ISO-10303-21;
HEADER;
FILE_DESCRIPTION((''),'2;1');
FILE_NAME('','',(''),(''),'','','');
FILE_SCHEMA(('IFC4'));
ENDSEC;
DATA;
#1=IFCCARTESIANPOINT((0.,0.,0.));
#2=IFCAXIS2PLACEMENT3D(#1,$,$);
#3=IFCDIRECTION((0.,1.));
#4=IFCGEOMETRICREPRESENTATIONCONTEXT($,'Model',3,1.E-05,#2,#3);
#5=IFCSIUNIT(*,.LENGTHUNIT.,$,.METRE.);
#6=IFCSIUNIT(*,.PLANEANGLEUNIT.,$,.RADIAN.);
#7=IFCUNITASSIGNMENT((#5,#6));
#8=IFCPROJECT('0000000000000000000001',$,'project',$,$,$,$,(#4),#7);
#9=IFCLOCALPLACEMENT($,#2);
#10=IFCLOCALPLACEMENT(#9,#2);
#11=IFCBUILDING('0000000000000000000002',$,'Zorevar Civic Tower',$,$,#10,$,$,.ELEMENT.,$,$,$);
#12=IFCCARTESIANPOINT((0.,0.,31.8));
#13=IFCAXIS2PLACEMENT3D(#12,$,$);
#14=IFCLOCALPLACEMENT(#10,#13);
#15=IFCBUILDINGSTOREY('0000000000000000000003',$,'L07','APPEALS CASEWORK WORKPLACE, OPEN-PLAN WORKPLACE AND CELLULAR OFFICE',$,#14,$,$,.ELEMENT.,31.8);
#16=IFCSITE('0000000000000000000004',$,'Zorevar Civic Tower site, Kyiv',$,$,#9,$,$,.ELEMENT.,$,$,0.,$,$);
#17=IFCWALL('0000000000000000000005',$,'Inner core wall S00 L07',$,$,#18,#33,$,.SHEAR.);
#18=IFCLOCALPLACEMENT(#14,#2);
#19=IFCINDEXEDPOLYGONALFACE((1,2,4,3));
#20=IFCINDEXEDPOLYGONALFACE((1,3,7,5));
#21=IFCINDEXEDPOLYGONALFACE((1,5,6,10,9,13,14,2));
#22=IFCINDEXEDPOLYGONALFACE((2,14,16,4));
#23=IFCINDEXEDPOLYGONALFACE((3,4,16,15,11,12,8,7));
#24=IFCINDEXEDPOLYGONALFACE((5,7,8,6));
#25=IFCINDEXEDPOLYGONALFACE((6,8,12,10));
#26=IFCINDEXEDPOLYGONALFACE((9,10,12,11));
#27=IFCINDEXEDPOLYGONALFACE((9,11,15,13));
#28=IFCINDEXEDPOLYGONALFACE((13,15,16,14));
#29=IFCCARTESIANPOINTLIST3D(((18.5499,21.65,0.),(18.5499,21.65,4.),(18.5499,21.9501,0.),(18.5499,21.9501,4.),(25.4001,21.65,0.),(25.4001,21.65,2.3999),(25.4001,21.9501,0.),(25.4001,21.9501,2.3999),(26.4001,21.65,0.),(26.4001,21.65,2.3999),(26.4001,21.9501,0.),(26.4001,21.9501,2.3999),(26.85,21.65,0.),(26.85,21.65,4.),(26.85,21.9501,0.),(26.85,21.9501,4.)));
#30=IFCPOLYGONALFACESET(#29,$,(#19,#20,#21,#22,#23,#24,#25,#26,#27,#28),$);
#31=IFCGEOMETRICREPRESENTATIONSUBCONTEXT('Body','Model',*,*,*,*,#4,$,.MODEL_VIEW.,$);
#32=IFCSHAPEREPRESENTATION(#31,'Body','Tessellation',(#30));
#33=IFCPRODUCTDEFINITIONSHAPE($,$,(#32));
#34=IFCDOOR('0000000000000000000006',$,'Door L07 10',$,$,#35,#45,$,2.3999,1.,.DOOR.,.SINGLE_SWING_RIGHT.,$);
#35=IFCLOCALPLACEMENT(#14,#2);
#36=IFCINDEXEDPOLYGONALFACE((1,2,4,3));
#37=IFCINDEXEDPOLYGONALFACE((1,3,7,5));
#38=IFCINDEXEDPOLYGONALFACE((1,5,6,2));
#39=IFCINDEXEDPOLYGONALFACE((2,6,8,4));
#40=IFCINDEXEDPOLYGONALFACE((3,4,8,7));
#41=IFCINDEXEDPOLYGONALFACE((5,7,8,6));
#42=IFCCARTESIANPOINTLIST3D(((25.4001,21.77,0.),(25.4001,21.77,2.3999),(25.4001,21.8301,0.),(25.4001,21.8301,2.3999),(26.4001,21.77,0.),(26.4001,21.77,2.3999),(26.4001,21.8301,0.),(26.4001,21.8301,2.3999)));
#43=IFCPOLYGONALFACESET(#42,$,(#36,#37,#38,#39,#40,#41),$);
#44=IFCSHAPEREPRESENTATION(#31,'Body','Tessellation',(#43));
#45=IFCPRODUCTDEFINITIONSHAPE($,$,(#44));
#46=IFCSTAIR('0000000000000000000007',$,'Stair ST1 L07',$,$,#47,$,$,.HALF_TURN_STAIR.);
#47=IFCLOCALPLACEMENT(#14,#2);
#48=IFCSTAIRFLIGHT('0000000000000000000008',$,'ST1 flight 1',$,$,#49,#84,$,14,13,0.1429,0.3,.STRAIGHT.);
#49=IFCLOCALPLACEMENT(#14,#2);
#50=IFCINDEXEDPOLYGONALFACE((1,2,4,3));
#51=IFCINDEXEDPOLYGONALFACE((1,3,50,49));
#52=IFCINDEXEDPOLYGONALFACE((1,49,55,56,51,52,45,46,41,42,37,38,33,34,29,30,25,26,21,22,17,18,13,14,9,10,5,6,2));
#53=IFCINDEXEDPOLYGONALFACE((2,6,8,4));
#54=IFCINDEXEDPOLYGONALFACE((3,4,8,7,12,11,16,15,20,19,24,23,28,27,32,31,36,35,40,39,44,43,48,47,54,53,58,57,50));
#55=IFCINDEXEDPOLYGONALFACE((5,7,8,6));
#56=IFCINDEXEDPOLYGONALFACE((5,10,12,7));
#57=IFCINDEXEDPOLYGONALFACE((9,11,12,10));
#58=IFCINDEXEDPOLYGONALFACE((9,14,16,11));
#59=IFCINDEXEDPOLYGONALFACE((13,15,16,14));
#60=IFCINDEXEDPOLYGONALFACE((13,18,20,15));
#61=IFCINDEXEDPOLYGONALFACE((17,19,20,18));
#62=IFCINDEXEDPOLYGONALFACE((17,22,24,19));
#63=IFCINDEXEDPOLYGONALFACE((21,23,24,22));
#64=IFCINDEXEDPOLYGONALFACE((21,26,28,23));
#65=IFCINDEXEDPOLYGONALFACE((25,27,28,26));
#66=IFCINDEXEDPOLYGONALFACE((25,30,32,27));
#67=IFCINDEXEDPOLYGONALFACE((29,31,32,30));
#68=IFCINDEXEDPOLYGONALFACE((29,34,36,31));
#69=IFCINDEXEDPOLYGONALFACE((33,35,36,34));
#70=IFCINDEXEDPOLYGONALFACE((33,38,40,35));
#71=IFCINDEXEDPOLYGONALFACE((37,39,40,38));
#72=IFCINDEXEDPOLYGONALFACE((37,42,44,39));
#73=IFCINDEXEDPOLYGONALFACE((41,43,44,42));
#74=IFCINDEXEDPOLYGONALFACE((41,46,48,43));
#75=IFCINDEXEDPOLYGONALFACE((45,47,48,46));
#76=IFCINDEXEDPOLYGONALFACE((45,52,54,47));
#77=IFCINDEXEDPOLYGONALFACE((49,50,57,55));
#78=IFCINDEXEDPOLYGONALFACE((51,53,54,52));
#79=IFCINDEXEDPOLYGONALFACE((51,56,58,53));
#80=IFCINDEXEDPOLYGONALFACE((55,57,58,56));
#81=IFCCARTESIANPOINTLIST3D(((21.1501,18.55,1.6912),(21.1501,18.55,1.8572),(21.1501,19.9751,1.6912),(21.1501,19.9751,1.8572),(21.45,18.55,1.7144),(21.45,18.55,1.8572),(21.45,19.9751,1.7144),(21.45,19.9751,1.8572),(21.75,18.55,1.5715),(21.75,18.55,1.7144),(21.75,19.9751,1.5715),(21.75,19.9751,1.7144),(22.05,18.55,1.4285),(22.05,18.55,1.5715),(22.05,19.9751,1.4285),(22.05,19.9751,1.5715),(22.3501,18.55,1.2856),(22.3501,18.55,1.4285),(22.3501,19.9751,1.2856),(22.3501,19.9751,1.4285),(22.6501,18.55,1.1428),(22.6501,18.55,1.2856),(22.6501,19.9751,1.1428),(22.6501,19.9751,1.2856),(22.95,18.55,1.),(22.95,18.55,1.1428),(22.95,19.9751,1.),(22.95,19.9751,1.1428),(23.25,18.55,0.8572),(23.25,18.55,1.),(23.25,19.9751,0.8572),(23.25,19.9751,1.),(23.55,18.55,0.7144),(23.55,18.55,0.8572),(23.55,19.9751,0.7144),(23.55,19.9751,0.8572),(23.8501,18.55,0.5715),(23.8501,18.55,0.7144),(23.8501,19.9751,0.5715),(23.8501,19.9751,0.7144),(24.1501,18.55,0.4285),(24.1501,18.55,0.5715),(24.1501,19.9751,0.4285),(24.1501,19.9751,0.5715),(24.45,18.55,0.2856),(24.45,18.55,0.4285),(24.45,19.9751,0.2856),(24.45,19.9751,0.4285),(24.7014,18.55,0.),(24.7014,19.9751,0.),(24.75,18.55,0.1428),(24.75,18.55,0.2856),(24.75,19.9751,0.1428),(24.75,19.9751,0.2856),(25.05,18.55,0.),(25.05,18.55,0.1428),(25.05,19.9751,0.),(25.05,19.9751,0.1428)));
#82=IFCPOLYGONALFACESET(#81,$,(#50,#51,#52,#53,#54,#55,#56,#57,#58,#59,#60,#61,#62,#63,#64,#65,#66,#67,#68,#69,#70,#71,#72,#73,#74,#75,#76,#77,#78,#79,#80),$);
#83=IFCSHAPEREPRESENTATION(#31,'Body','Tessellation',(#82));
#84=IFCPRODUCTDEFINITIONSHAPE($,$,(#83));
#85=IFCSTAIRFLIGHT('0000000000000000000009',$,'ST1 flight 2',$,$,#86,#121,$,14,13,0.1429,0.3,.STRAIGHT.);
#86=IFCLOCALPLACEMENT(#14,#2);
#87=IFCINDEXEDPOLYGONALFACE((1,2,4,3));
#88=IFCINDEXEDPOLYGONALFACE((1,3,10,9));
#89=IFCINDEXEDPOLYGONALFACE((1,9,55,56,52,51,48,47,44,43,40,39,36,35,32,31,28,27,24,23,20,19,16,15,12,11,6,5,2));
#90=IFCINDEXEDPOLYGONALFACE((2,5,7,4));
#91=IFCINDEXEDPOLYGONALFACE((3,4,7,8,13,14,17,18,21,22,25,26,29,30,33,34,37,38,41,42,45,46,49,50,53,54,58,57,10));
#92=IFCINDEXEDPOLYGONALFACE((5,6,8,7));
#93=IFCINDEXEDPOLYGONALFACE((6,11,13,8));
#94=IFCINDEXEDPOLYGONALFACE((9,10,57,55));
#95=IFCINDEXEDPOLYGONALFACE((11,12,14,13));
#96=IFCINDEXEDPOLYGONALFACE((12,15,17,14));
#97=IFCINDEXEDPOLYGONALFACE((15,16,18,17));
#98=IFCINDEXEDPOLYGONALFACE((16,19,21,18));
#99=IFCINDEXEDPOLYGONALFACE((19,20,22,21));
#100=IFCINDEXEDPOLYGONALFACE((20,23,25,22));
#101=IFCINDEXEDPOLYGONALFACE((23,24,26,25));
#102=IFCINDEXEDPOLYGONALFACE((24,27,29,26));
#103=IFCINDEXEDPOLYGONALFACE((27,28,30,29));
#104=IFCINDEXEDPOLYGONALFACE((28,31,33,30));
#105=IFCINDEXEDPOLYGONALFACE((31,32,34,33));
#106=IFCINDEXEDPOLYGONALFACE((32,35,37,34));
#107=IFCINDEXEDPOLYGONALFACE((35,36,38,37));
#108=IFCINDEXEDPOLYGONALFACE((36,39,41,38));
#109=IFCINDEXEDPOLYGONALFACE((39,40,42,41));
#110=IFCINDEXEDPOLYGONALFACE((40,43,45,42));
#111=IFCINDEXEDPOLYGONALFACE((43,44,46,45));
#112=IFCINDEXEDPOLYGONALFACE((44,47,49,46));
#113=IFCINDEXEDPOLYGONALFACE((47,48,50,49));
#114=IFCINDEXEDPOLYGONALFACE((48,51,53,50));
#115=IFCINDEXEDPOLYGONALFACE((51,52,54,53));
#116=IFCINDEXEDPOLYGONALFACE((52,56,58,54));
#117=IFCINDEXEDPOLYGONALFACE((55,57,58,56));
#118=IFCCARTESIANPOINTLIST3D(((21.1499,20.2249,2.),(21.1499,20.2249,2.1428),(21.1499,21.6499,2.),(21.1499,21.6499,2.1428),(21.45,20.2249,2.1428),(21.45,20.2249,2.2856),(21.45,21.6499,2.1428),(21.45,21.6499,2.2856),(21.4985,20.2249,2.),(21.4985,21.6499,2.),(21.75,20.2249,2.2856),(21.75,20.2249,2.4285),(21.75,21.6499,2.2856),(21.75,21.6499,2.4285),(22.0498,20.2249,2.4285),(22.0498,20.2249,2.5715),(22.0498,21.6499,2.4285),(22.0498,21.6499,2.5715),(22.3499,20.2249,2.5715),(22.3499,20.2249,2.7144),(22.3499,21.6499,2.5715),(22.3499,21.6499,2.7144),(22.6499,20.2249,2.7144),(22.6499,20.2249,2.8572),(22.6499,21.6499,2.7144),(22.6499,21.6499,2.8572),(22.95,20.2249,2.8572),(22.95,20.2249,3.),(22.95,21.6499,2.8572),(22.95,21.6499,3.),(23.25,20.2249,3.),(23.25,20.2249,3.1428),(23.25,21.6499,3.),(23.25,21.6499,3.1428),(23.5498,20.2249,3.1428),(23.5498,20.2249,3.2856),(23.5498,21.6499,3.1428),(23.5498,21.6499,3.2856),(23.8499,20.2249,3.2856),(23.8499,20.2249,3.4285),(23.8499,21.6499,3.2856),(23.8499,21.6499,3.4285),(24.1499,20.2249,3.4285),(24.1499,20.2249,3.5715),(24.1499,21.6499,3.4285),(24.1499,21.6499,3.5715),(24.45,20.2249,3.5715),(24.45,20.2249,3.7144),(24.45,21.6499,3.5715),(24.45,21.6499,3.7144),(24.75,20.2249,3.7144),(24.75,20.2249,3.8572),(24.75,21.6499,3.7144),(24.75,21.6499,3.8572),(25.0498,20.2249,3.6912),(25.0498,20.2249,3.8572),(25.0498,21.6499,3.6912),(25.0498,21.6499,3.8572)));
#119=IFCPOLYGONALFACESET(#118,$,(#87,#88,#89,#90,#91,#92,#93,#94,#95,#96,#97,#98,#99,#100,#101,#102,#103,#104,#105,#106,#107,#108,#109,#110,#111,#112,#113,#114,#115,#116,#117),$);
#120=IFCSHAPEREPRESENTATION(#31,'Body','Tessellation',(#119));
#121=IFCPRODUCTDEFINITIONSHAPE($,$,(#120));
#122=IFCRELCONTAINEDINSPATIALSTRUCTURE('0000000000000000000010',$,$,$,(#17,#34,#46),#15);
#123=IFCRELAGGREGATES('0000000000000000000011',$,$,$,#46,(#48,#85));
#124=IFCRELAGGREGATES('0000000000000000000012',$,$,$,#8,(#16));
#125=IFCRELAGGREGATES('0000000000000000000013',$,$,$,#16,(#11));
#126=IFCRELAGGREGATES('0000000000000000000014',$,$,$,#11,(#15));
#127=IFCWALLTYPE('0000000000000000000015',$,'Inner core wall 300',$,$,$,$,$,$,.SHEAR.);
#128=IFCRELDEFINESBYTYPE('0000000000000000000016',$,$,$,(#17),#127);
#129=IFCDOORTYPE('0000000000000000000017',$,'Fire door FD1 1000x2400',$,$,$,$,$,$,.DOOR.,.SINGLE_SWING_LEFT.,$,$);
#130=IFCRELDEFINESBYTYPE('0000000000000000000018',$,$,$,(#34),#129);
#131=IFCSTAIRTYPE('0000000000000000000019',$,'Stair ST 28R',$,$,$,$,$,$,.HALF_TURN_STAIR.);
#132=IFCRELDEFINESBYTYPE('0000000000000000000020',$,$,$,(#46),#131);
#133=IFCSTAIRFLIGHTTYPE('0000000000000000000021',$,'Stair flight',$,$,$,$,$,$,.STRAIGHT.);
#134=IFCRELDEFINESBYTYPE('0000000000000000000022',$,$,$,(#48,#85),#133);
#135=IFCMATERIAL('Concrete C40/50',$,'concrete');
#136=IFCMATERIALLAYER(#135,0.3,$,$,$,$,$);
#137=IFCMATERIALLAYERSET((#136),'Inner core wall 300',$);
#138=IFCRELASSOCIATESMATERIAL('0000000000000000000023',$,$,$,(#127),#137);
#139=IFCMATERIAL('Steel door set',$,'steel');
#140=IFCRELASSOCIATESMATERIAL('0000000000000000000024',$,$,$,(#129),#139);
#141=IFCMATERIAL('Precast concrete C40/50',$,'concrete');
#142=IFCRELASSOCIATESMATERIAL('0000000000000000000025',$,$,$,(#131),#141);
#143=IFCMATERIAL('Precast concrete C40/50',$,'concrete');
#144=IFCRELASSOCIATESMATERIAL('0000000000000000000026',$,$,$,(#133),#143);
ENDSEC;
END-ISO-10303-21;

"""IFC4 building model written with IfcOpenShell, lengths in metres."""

from ifc_helpers import new_model, si_unit, direction, frame, frame_2d, origin, place, context, subcontext, project, spatial, polyline, rectangle, outline, extrude, material, layer, layer_set, type_object, element, fill, aggregate, save


model = new_model("IFC4")

# Units and contexts
model_context = context("Model", 3, precision=1e-05, world=origin(), true_north=direction((0.0, 1.0)))
body_context = subcontext(model_context, "Body", "Model", "MODEL_VIEW")
ifc_project = project(units=[si_unit("LENGTHUNIT", "METRE"), si_unit("PLANEANGLEUNIT", "RADIAN")], contexts=[model_context])

# Site, building, storey
site_placement = place(None, origin())
site = spatial("IfcSite", under=ifc_project, at=site_placement, Name="Zorevar Civic Tower site, Kyiv", CompositionType="ELEMENT", RefElevation=0.0)
building_placement = place(site_placement, origin())
building = spatial("IfcBuilding", under=site, at=building_placement, Name="Zorevar Civic Tower", CompositionType="ELEMENT")
storey_placement = place(building_placement, frame((0.0, 0.0, 31.8)))
storey = spatial("IfcBuildingStorey", under=building, at=storey_placement, Name="L07", Description="APPEALS CASEWORK WORKPLACE, OPEN-PLAN WORKPLACE AND CELLULAR OFFICE", CompositionType="ELEMENT", Elevation=31.8)

# Wall, opening, door
ifc_material_1 = material(Name="Concrete C40/50", Category="concrete")
ifc_layer_1 = layer(ifc_material_1, 0.3)
ifc_layer_set_1 = layer_set([ifc_layer_1], Name="Inner core wall 300")
wall_type_1 = type_object("IfcWallType", Name="Inner core wall 300", PredefinedType="SHEAR", material=ifc_layer_set_1)
wall_1_placement = place(storey_placement, frame((18.55, 21.8, 0.0), z_axis=(0.0, 0.0, 1.0), x_axis=(1.0, 0.0, 0.0)))
wall_1 = element("IfcWall", 1, at=wall_1_placement, inside=storey, type_object=wall_type_1, Name="Inner core wall S00 L07", PredefinedType="SHEAR", context=body_context, shape_type="SweptSolid", body=[
    extrude(rectangle(XDim=8.3, YDim=0.3, at=frame_2d((4.1499, 0.0))), origin(), (0.0, 0.0, 1.0), 4.0),
])
opening_1_placement = place(wall_1_placement, frame((6.8501, 0.0, 0.0)))
opening_1 = element("IfcOpeningElement", 2, at=opening_1_placement, cuts=wall_1, PredefinedType="OPENING", context=body_context, shape_type="SweptSolid", body=[
    extrude(rectangle(XDim=1.0, YDim=2.3999, at=frame_2d((0.5, 1.2))), frame((0.0, 0.1599, 0.0), z_axis=(0.0, -1.0, 0.0), x_axis=(1.0, 0.0, 0.0)), (0.0, 0.0, 1.0), 0.3201),
])
ifc_material_2 = material(Name="Steel door set", Category="steel")
door_type_1 = type_object("IfcDoorType", Name="Fire door FD1 1000x2400", OperationType="SINGLE_SWING_LEFT", PredefinedType="DOOR", material=ifc_material_2)
door_1_placement = place(opening_1_placement, origin())
door_1 = element("IfcDoor", 3, at=door_1_placement, inside=storey, type_object=door_type_1, Name="Door L07 10", OperationType="SINGLE_SWING_RIGHT", OverallHeight=2.3999, OverallWidth=1.0, PredefinedType="DOOR", context=body_context, shape_type="SweptSolid", body=[
    extrude(rectangle(XDim=1.0, YDim=2.3999, at=frame_2d((0.5, 1.2))), frame((0.0, 0.03, 0.0), z_axis=(0.0, -1.0, 0.0), x_axis=(1.0, 0.0, 0.0)), (0.0, 0.0, 1.0), 0.0601),
])
fill(opening_1, door_1)

# Stair, stair flights
ifc_material_3 = material(Name="Precast concrete C40/50", Category="concrete")
stair_type = type_object("IfcStairType", Name="Stair ST 28R", PredefinedType="HALF_TURN_STAIR", material=ifc_material_3)
stair_placement = place(storey_placement, origin())
stair = element("IfcStair", 4, at=stair_placement, inside=storey, type_object=stair_type, Name="Stair ST1 L07", PredefinedType="HALF_TURN_STAIR")
ifc_material_4 = material(Name="Precast concrete C40/50", Category="concrete")
stair_flight_type = type_object("IfcStairFlightType", Name="Stair flight", PredefinedType="STRAIGHT", material=ifc_material_4)
stair_flight_1_placement = place(storey_placement, frame((25.05, 19.2625, 0.0), z_axis=(0.0, 0.0, 1.0), x_axis=(-1.0, 0.0, 0.0)))
stair_flight_1 = element("IfcStairFlight", 5, at=stair_flight_1_placement, type_object=stair_flight_type, Name="ST1 flight 1", NumberOfRisers=14, NumberOfTreads=13, PredefinedType="STRAIGHT", RiserHeight=0.1429, TreadLength=0.3, context=body_context, shape_type="SweptSolid", body=[
    extrude(outline(polyline([(0.0, 0.0), (0.0, 0.1428), (0.3, 0.1428), (0.3, 0.2856), (0.6001, 0.2856), (0.6001, 0.4285), (0.8999, 0.4285), (0.8999, 0.5715), (1.2, 0.5715), (1.2, 0.7144), (1.5, 0.7144), (1.5, 0.8572), (1.8, 0.8572), (1.8, 1.0), (2.1001, 1.0), (2.1001, 1.1428), (2.3999, 1.1428), (2.3999, 1.2856), (2.7, 1.2856), (2.7, 1.4285), (3.0, 1.4285), (3.0, 1.5715), (3.3, 1.5715), (3.3, 1.7144), (3.6001, 1.7144), (3.6001, 1.8572), (3.8999, 1.8572), (3.8999, 2.0), (3.8999, 1.6912), (0.3486, 0.0), (0.0, 0.0)])), frame((0.0, 0.7124, 0.0), z_axis=(0.0, -1.0, 0.0), x_axis=(1.0, 0.0, 0.0)), (0.0, 0.0, 1.0), 1.425),
])
stair_flight_2_placement = place(storey_placement, frame((21.1499, 20.9375, 2.0), z_axis=(0.0, 0.0, 1.0), x_axis=(1.0, 0.0, 0.0)))
stair_flight_2 = element("IfcStairFlight", 6, at=stair_flight_2_placement, type_object=stair_flight_type, Name="ST1 flight 2", NumberOfRisers=14, NumberOfTreads=13, PredefinedType="STRAIGHT", RiserHeight=0.1429, TreadLength=0.3, context=body_context, shape_type="SweptSolid", body=[
    extrude(outline(polyline([(0.0, 0.0), (0.0, 0.1428), (0.3, 0.1428), (0.3, 0.2856), (0.6001, 0.2856), (0.6001, 0.4285), (0.8999, 0.4285), (0.8999, 0.5715), (1.2, 0.5715), (1.2, 0.7144), (1.5, 0.7144), (1.5, 0.8572), (1.8, 0.8572), (1.8, 1.0), (2.1001, 1.0), (2.1001, 1.1428), (2.3999, 1.1428), (2.3999, 1.2856), (2.7, 1.2856), (2.7, 1.4285), (3.0, 1.4285), (3.0, 1.5715), (3.3, 1.5715), (3.3, 1.7144), (3.6001, 1.7144), (3.6001, 1.8572), (3.8999, 1.8572), (3.8999, 2.0), (3.8999, 1.6912), (0.3486, 0.0), (0.0, 0.0)])), frame((0.0, 0.7124, 0.0), z_axis=(0.0, -1.0, 0.0), x_axis=(1.0, 0.0, 0.0)), (0.0, 0.0, 1.0), 1.425),
])
aggregate(stair, [stair_flight_1, stair_flight_2])

save(model, "model.ifc")
